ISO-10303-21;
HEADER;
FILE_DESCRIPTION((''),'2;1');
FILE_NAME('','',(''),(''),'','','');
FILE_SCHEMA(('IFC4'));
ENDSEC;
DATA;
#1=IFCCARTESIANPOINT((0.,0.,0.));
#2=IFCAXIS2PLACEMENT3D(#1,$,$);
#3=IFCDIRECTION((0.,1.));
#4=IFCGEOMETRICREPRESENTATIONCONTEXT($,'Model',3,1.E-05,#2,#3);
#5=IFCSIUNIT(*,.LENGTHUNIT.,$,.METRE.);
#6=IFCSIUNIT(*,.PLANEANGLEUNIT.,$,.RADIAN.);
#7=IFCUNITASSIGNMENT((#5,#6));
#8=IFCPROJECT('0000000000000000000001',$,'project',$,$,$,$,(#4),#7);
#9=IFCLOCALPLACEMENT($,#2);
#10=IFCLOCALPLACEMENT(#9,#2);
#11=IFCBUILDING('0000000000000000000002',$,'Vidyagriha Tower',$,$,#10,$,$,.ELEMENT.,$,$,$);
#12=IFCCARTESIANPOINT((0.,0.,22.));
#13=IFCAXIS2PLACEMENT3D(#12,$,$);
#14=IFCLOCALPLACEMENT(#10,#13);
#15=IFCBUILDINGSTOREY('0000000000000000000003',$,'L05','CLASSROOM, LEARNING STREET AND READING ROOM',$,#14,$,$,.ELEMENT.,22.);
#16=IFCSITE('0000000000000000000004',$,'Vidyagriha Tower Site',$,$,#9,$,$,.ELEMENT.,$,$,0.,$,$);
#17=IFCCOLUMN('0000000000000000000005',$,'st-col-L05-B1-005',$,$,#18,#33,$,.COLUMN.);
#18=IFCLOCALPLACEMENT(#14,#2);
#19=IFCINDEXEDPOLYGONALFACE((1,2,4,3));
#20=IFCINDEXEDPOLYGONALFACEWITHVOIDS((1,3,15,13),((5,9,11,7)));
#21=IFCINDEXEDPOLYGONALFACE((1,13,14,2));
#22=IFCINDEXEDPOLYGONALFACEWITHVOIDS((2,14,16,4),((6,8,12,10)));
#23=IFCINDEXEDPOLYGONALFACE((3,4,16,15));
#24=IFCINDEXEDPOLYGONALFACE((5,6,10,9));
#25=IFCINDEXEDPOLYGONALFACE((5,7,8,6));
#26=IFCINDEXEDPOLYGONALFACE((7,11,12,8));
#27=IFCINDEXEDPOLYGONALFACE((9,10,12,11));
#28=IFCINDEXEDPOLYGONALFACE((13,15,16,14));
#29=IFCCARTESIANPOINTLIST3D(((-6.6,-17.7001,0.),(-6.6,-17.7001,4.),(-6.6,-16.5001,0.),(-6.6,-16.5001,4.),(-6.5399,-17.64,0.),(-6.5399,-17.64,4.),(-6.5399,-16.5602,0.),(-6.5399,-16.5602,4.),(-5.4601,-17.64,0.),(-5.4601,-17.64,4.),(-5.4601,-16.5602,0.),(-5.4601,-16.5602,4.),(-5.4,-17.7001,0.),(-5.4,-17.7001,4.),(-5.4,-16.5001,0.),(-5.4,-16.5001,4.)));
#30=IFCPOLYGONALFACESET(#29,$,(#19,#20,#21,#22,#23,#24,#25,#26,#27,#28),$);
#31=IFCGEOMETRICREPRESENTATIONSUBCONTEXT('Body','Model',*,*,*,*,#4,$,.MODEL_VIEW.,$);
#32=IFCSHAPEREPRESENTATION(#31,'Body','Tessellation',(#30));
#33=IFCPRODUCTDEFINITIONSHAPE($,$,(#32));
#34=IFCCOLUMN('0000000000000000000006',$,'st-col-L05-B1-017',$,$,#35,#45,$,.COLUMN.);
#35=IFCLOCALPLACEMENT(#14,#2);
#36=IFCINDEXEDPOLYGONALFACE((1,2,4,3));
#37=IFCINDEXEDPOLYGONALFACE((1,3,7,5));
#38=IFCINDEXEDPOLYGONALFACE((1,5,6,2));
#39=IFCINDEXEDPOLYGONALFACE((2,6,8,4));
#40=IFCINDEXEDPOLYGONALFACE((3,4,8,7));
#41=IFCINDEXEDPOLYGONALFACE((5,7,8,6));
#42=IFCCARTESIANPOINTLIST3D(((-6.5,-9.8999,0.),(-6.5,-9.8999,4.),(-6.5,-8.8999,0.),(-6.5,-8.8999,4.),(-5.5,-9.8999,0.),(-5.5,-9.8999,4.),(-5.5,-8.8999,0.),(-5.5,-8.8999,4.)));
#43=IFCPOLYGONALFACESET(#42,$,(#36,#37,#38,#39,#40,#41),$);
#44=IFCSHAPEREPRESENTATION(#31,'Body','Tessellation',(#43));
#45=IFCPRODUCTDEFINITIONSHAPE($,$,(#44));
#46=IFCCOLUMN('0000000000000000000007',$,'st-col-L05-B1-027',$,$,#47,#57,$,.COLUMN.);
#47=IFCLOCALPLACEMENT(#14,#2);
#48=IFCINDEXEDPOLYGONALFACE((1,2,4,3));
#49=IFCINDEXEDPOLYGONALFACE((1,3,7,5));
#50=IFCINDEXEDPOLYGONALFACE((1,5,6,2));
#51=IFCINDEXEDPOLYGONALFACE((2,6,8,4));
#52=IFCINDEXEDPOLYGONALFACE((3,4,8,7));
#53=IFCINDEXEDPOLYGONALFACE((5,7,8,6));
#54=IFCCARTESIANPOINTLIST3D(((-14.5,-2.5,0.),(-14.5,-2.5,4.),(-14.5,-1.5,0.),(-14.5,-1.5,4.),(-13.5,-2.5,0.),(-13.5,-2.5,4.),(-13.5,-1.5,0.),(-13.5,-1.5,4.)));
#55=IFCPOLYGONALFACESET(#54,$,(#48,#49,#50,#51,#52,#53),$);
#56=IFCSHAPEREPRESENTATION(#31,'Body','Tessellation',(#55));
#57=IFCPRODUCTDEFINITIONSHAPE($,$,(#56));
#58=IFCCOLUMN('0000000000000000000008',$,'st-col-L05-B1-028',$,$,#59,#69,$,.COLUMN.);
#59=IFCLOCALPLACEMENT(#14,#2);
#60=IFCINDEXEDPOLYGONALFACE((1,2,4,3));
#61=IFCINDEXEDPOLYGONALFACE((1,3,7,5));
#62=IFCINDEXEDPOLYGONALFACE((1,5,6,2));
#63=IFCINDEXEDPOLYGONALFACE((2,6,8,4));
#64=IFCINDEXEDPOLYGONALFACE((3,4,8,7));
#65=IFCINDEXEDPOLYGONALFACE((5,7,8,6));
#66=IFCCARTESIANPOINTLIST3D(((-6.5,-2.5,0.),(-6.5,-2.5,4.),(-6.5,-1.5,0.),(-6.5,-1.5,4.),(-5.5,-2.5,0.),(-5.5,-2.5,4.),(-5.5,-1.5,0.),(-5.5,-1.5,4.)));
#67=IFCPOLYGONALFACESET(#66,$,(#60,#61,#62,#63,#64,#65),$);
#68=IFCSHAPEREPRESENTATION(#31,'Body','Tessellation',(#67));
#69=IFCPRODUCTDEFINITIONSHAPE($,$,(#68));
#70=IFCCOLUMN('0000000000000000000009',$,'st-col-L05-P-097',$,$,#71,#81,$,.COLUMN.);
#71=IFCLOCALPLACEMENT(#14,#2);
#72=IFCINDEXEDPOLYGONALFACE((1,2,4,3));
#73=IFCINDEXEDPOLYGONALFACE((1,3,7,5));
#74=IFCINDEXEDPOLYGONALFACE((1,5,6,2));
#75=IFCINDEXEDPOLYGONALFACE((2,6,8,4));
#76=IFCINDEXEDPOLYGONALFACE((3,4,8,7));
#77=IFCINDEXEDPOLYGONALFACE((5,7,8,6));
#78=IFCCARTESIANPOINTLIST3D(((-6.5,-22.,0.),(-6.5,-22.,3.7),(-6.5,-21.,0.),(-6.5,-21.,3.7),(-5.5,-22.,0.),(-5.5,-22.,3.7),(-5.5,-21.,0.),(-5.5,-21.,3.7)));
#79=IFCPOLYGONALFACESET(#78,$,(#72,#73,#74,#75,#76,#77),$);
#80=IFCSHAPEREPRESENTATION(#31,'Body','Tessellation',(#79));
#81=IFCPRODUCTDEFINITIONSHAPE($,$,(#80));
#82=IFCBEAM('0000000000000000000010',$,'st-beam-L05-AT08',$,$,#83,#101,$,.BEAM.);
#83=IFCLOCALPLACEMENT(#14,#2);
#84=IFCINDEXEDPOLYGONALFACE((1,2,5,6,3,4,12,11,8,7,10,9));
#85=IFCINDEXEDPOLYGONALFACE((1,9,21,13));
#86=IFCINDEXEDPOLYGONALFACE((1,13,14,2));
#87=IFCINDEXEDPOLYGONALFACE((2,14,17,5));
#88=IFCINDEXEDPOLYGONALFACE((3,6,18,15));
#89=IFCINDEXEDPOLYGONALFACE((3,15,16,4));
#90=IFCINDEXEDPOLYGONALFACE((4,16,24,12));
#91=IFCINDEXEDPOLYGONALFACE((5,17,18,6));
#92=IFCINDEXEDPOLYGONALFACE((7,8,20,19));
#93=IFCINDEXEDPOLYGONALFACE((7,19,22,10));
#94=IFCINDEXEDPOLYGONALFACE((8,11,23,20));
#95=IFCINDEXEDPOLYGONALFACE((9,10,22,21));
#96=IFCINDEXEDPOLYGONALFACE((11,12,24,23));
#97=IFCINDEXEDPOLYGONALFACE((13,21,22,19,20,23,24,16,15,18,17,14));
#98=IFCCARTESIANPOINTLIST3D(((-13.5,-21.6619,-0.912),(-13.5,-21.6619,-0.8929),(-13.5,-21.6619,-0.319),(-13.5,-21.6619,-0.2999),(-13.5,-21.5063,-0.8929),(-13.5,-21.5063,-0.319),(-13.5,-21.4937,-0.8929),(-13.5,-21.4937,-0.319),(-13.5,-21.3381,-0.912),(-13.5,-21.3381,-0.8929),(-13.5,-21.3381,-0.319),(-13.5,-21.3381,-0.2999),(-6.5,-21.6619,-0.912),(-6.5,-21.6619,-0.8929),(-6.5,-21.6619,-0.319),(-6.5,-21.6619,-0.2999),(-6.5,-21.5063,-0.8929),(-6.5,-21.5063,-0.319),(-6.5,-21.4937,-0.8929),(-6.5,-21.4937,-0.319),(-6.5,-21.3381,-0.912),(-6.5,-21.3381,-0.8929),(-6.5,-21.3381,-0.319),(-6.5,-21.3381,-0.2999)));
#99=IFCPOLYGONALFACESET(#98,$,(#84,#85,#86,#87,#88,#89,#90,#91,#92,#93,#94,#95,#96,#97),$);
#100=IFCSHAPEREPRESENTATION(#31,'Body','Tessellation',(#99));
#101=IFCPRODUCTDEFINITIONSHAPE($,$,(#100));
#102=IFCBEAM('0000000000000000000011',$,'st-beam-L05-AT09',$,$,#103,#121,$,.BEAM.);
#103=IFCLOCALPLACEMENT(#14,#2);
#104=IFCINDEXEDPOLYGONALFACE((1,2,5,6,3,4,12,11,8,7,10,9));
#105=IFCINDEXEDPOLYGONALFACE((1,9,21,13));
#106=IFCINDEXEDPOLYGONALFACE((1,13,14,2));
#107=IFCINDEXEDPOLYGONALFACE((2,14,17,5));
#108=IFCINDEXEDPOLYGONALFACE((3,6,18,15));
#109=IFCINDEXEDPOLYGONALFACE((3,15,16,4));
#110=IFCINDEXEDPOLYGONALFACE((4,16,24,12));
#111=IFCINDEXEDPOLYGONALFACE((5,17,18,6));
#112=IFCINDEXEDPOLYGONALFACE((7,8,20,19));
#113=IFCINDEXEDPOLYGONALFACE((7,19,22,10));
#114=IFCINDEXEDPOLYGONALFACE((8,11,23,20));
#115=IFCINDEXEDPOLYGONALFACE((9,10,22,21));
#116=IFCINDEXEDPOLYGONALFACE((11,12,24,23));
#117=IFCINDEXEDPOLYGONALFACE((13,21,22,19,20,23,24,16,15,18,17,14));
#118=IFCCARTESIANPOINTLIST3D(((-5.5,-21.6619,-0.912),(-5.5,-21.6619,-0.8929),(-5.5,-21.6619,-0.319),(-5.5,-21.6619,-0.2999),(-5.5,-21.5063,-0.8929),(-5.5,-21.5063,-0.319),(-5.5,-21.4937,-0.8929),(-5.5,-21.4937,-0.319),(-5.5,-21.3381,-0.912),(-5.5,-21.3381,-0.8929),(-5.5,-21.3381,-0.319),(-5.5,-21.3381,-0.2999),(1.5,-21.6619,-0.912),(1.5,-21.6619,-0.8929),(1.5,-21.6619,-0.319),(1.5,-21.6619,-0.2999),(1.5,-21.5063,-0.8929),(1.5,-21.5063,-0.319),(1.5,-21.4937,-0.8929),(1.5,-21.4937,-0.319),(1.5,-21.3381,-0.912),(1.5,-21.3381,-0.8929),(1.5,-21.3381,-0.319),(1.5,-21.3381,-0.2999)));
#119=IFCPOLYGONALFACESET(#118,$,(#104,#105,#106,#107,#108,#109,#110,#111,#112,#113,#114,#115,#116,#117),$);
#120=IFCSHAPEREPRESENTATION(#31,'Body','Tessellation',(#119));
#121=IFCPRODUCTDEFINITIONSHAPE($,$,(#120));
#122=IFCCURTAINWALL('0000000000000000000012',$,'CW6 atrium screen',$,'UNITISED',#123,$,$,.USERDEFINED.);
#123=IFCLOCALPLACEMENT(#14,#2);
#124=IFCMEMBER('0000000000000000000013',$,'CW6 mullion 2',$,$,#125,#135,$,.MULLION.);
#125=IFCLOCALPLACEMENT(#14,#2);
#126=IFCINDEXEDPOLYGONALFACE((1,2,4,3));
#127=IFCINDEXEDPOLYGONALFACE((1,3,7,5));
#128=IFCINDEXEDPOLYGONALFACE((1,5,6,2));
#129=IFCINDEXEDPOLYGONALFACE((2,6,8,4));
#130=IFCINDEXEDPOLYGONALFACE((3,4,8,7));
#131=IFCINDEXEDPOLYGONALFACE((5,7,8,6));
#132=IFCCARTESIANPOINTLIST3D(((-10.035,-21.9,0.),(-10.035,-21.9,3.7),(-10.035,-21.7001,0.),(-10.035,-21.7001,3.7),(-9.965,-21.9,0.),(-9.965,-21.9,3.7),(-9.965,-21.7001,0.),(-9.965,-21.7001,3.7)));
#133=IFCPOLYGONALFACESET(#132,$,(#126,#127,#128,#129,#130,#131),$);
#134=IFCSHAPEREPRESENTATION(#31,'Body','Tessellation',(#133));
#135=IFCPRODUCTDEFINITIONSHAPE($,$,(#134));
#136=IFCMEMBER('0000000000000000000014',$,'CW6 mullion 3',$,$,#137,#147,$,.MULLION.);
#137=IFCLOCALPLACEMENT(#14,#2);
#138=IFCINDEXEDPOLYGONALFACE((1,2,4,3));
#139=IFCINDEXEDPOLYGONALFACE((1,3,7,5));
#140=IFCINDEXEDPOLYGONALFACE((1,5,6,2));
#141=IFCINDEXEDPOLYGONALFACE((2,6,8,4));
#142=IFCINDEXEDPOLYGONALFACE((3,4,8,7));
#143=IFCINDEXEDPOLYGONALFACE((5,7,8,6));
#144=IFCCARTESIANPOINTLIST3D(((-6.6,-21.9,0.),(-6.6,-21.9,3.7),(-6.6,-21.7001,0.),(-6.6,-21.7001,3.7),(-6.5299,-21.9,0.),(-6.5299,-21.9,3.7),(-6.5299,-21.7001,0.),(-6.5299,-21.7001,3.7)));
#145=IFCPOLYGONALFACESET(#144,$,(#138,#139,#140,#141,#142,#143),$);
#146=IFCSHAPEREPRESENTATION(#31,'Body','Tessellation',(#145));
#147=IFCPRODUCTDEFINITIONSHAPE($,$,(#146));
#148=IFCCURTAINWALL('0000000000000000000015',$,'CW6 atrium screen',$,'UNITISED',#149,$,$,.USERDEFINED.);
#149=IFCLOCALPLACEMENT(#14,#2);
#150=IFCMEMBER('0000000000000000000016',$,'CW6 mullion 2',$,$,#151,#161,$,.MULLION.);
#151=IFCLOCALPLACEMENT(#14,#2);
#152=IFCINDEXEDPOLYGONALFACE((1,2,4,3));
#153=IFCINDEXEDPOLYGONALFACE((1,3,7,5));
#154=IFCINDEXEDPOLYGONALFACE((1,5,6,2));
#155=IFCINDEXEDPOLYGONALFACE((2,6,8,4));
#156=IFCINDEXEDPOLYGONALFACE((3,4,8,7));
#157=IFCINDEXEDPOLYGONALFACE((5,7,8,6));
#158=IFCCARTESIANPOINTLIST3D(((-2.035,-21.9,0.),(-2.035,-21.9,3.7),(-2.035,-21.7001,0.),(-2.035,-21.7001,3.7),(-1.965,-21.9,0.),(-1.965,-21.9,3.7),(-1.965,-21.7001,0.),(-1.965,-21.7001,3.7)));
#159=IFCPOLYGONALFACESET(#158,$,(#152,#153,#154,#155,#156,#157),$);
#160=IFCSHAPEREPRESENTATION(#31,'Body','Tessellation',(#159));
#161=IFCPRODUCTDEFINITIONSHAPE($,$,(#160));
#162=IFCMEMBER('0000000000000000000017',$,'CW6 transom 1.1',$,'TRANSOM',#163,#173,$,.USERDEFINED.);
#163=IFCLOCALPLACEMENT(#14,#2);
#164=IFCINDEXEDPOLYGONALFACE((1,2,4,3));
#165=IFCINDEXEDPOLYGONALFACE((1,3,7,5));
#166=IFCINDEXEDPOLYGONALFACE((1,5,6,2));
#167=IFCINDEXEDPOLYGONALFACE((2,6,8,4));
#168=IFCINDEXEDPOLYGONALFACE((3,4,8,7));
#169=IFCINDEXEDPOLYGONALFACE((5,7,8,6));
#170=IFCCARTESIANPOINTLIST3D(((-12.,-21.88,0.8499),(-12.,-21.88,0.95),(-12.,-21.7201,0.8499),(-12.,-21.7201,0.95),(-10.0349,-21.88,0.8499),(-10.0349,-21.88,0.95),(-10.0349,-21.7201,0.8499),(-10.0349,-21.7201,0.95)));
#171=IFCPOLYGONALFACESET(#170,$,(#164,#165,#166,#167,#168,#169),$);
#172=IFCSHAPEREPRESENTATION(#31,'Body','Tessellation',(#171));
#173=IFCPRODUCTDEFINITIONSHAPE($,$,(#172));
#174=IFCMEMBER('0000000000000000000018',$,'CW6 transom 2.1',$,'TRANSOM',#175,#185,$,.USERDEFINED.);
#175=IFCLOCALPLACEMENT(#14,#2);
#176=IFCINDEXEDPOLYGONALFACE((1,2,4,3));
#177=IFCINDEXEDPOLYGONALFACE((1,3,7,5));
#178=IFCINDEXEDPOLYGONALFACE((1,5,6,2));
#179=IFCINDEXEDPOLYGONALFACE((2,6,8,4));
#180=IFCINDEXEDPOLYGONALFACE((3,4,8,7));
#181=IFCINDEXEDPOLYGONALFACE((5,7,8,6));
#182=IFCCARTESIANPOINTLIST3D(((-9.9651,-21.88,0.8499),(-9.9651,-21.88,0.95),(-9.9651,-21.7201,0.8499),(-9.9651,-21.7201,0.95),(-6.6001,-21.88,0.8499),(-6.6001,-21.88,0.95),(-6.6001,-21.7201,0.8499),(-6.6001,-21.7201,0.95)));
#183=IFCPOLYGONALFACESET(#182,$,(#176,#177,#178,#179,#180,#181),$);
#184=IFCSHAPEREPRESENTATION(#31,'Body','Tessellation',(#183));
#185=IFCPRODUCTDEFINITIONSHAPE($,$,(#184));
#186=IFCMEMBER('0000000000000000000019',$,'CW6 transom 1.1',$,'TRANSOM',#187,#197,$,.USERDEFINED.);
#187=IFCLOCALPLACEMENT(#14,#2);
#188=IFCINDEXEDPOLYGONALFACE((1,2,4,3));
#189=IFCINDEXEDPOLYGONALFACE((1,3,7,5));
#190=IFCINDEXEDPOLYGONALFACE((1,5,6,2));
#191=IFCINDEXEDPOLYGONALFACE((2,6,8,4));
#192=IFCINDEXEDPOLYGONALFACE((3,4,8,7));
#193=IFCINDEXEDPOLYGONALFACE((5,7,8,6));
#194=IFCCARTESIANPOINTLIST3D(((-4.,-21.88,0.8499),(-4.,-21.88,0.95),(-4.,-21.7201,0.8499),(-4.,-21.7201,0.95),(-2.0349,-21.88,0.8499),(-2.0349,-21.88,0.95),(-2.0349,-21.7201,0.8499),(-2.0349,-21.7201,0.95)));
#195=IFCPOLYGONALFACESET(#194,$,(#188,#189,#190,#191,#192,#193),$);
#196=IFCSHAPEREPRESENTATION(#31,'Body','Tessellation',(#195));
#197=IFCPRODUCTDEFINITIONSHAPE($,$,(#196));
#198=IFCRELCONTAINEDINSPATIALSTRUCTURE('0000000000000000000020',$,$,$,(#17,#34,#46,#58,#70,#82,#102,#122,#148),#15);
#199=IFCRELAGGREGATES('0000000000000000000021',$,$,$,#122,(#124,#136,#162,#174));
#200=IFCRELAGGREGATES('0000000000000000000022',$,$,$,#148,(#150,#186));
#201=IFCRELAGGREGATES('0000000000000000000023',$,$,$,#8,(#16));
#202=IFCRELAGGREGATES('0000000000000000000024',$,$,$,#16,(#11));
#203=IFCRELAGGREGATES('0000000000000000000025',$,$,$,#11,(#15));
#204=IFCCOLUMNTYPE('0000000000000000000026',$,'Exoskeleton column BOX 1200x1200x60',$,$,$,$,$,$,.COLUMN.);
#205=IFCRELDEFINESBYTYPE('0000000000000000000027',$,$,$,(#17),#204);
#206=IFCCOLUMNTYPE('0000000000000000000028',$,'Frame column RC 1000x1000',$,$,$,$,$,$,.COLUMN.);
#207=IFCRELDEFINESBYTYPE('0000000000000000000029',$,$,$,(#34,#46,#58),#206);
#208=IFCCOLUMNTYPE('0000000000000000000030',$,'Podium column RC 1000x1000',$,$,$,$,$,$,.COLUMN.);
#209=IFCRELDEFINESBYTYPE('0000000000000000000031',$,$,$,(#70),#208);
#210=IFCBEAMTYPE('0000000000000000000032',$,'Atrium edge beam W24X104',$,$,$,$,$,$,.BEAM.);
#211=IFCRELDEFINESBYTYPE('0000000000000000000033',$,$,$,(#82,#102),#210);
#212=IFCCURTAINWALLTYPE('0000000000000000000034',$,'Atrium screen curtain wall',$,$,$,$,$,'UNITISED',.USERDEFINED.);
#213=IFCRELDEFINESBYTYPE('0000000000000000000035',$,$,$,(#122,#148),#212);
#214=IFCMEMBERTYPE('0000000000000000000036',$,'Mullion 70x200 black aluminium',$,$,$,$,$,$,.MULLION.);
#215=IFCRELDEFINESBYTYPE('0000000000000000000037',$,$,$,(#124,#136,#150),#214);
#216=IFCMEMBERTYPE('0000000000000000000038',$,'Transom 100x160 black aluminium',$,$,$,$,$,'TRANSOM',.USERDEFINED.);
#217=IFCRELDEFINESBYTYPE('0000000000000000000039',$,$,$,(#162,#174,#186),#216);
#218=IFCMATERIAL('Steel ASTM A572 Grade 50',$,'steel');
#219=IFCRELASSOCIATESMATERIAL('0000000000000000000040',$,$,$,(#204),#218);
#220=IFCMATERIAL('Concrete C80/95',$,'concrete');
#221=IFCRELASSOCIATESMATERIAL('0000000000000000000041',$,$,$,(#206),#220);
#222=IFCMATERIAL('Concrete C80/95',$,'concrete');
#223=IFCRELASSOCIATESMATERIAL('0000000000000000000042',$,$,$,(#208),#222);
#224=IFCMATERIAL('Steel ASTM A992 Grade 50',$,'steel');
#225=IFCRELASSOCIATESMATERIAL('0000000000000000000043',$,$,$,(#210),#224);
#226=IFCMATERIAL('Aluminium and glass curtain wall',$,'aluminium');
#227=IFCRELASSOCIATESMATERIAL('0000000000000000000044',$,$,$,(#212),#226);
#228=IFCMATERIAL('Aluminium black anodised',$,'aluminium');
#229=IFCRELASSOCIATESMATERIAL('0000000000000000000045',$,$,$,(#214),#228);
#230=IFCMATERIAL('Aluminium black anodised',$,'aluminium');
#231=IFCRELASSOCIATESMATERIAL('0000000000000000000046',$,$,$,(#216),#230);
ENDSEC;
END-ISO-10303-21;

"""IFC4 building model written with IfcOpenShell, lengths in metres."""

from ifc_helpers import new_model, si_unit, direction, frame, origin, origin_2d, place, context, subcontext, project, spatial, rectangle, hollow_rectangle, i_section, extrude, material, material_profile, profile_set, type_object, element, aggregate, save


model = new_model("IFC4")

# Units and contexts
model_context = context("Model", 3, precision=1e-05, world=origin(), true_north=direction((0.0, 1.0)))
body_context = subcontext(model_context, "Body", "Model", "MODEL_VIEW")
ifc_project = project(units=[si_unit("LENGTHUNIT", "METRE"), si_unit("PLANEANGLEUNIT", "RADIAN")], contexts=[model_context])

# Site, building, storey
site_placement = place(None, origin())
site = spatial("IfcSite", under=ifc_project, at=site_placement, Name="Vidyagriha Tower Site", CompositionType="ELEMENT", RefElevation=0.0)
building_placement = place(site_placement, origin())
building = spatial("IfcBuilding", under=site, at=building_placement, Name="Vidyagriha Tower", CompositionType="ELEMENT")
storey_placement = place(building_placement, frame((0.0, 0.0, 22.0)))
storey = spatial("IfcBuildingStorey", under=building, at=storey_placement, Name="L05", Description="CLASSROOM, LEARNING STREET AND READING ROOM", CompositionType="ELEMENT", Elevation=22.0)

# Columns
ifc_material_1 = material(Name="Steel ASTM A572 Grade 50", Category="steel")
ifc_material_profile_1 = material_profile(ifc_material_1, hollow_rectangle(XDim=1.2, YDim=1.2, WallThickness=0.0601, at=origin_2d()), Name="BOX 1200x1200x60")
ifc_profile_set_1 = profile_set([ifc_material_profile_1], Name="Steel ASTM A572 Grade 50")
column_type_1 = type_object("IfcColumnType", Name="Exoskeleton column BOX 1200x1200x60", PredefinedType="COLUMN", material=ifc_profile_set_1)
column_1_placement = place(storey_placement, frame((-6.0, -17.1001, 0.0)))
element("IfcColumn", 1, at=column_1_placement, inside=storey, type_object=column_type_1, Name="st-col-L05-B1-005", PredefinedType="COLUMN", context=body_context, shape_type="SweptSolid", body=[
    extrude(hollow_rectangle(XDim=1.2, YDim=1.2, WallThickness=0.0601, at=origin_2d()), origin(), (0.0, 0.0, 1.0), 4.0),
])
ifc_material_2 = material(Name="Concrete C80/95", Category="concrete")
ifc_material_profile_2 = material_profile(ifc_material_2, rectangle(XDim=1.0, YDim=1.0, at=origin_2d()), Name="RC 1000x1000")
ifc_profile_set_2 = profile_set([ifc_material_profile_2], Name="Concrete C80/95")
column_type_2 = type_object("IfcColumnType", Name="Frame column RC 1000x1000", PredefinedType="COLUMN", material=ifc_profile_set_2)
for number, where, name in (
    (2, (-6.0, -9.3999, 0.0), "st-col-L05-B1-017"),
    (3, (-14.0, -2.0, 0.0), "st-col-L05-B1-027"),
    (4, (-6.0, -2.0, 0.0), "st-col-L05-B1-028"),
):
    element("IfcColumn", number, at=place(storey_placement, frame(where)), inside=storey, type_object=column_type_2, Name=name, PredefinedType="COLUMN", context=body_context, shape_type="SweptSolid", body=[
        extrude(rectangle(XDim=1.0, YDim=1.0, at=origin_2d()), origin(), (0.0, 0.0, 1.0), 4.0),
    ])
ifc_material_3 = material(Name="Concrete C80/95", Category="concrete")
ifc_material_profile_3 = material_profile(ifc_material_3, rectangle(XDim=1.0, YDim=1.0, at=origin_2d()), Name="RC 1000x1000")
ifc_profile_set_3 = profile_set([ifc_material_profile_3], Name="Concrete C80/95")
column_type_3 = type_object("IfcColumnType", Name="Podium column RC 1000x1000", PredefinedType="COLUMN", material=ifc_profile_set_3)
column_2_placement = place(storey_placement, frame((-6.0, -21.5, 0.0)))
element("IfcColumn", 5, at=column_2_placement, inside=storey, type_object=column_type_3, Name="st-col-L05-P-097", PredefinedType="COLUMN", context=body_context, shape_type="SweptSolid", body=[
    extrude(rectangle(XDim=1.0, YDim=1.0, at=origin_2d()), origin(), (0.0, 0.0, 1.0), 3.7),
])

# Beams
ifc_material_4 = material(Name="Steel ASTM A992 Grade 50", Category="steel")
ifc_material_profile_4 = material_profile(ifc_material_4, i_section(OverallWidth=0.3237, OverallDepth=0.6121, WebThickness=0.0127, FlangeThickness=0.019, at=origin_2d()), Name="W24X104")
ifc_profile_set_4 = profile_set([ifc_material_profile_4], Name="Steel ASTM A992 Grade 50")
beam_type = type_object("IfcBeamType", Name="Atrium edge beam W24X104", PredefinedType="BEAM", material=ifc_profile_set_4)
for number, where, z_axis, x_axis, name in (
    (6, (-13.5, -21.5, -0.606), (1.0, 0.0, 0.0), (0.0, 1.0, 0.0), "st-beam-L05-AT08"),
    (7, (-5.5, -21.5, -0.606), (1.0, 0.0, 0.0), (0.0, 1.0, 0.0), "st-beam-L05-AT09"),
):
    element("IfcBeam", number, at=place(storey_placement, frame(where, z_axis=z_axis, x_axis=x_axis)), inside=storey, type_object=beam_type, Name=name, PredefinedType="BEAM", context=body_context, shape_type="SweptSolid", body=[
        extrude(i_section(OverallWidth=0.3237, OverallDepth=0.6121, WebThickness=0.0127, FlangeThickness=0.019, at=origin_2d()), origin(), (0.0, 0.0, 1.0), 7.0),
    ])

# Curtain wall, members
ifc_material_5 = material(Name="Aluminium and glass curtain wall", Category="aluminium")
curtain_wall_type = type_object("IfcCurtainWallType", Name="Atrium screen curtain wall", ElementType="UNITISED", PredefinedType="USERDEFINED", material=ifc_material_5)
curtain_wall_1_placement = place(storey_placement, origin())
curtain_wall_1 = element("IfcCurtainWall", 8, at=curtain_wall_1_placement, inside=storey, type_object=curtain_wall_type, Name="CW6 atrium screen", ObjectType="UNITISED", PredefinedType="USERDEFINED")
ifc_material_6 = material(Name="Aluminium black anodised", Category="aluminium")
ifc_material_profile_5 = material_profile(ifc_material_6, rectangle(XDim=0.2, YDim=0.0701, at=origin_2d()), Name="Mullion 70x200 black aluminium")
ifc_profile_set_5 = profile_set([ifc_material_profile_5], Name="Aluminium black anodised")
member_type_1 = type_object("IfcMemberType", Name="Mullion 70x200 black aluminium", PredefinedType="MULLION", material=ifc_profile_set_5)
member_1_placement = place(storey_placement, frame((-10.0, -21.8, 0.0), z_axis=(0.0, 0.0, 1.0), x_axis=(0.0, 1.0, 0.0)))
member_1 = element("IfcMember", 9, at=member_1_placement, type_object=member_type_1, Name="CW6 mullion 2", PredefinedType="MULLION", context=body_context, shape_type="SweptSolid", body=[
    extrude(rectangle(XDim=0.2, YDim=0.0701, at=origin_2d()), origin(), (0.0, 0.0, 1.0), 3.7),
])
member_2_placement = place(storey_placement, frame((-6.5649, -21.8, 0.0), z_axis=(0.0, 0.0, 1.0), x_axis=(0.0, 1.0, 0.0)))
member_2 = element("IfcMember", 10, at=member_2_placement, type_object=member_type_1, Name="CW6 mullion 3", PredefinedType="MULLION", context=body_context, shape_type="SweptSolid", body=[
    extrude(rectangle(XDim=0.2, YDim=0.0701, at=origin_2d()), origin(), (0.0, 0.0, 1.0), 3.7),
])

# Curtain wall, member
curtain_wall_2_placement = place(storey_placement, origin())
curtain_wall_2 = element("IfcCurtainWall", 11, at=curtain_wall_2_placement, inside=storey, type_object=curtain_wall_type, Name="CW6 atrium screen", ObjectType="UNITISED", PredefinedType="USERDEFINED")
member_3_placement = place(storey_placement, frame((-2.0, -21.8, 0.0), z_axis=(0.0, 0.0, 1.0), x_axis=(0.0, 1.0, 0.0)))
member_3 = element("IfcMember", 12, at=member_3_placement, type_object=member_type_1, Name="CW6 mullion 2", PredefinedType="MULLION", context=body_context, shape_type="SweptSolid", body=[
    extrude(rectangle(XDim=0.2, YDim=0.0701, at=origin_2d()), origin(), (0.0, 0.0, 1.0), 3.7),
])

# Members
ifc_material_7 = material(Name="Aluminium black anodised", Category="aluminium")
ifc_material_profile_6 = material_profile(ifc_material_7, rectangle(XDim=0.1599, YDim=0.1001, at=origin_2d()), Name="Transom 100x160 black aluminium")
ifc_profile_set_6 = profile_set([ifc_material_profile_6], Name="Aluminium black anodised")
member_type_2 = type_object("IfcMemberType", Name="Transom 100x160 black aluminium", ElementType="TRANSOM", PredefinedType="USERDEFINED", material=ifc_profile_set_6)
member_4_placement = place(storey_placement, frame((-12.0, -21.8, 0.8999), z_axis=(1.0, 0.0, 0.0), x_axis=(0.0, 1.0, 0.0)))
member_4 = element("IfcMember", 13, at=member_4_placement, type_object=member_type_2, Name="CW6 transom 1.1", ObjectType="TRANSOM", PredefinedType="USERDEFINED", context=body_context, shape_type="SweptSolid", body=[
    extrude(rectangle(XDim=0.1599, YDim=0.1001, at=origin_2d()), origin(), (0.0, 0.0, 1.0), 1.9651),
])
member_5_placement = place(storey_placement, frame((-9.9651, -21.8, 0.8999), z_axis=(1.0, 0.0, 0.0), x_axis=(0.0, 1.0, 0.0)))
member_5 = element("IfcMember", 14, at=member_5_placement, type_object=member_type_2, Name="CW6 transom 2.1", ObjectType="TRANSOM", PredefinedType="USERDEFINED", context=body_context, shape_type="SweptSolid", body=[
    extrude(rectangle(XDim=0.1599, YDim=0.1001, at=origin_2d()), origin(), (0.0, 0.0, 1.0), 3.365),
])
member_6_placement = place(storey_placement, frame((-4.0, -21.8, 0.8999), z_axis=(1.0, 0.0, 0.0), x_axis=(0.0, 1.0, 0.0)))
member_6 = element("IfcMember", 15, at=member_6_placement, type_object=member_type_2, Name="CW6 transom 1.1", ObjectType="TRANSOM", PredefinedType="USERDEFINED", context=body_context, shape_type="SweptSolid", body=[
    extrude(rectangle(XDim=0.1599, YDim=0.1001, at=origin_2d()), origin(), (0.0, 0.0, 1.0), 1.9651),
])

aggregate(curtain_wall_1, [member_1, member_2, member_4, member_5])
aggregate(curtain_wall_2, [member_3, member_6])

save(model, "model.ifc")
